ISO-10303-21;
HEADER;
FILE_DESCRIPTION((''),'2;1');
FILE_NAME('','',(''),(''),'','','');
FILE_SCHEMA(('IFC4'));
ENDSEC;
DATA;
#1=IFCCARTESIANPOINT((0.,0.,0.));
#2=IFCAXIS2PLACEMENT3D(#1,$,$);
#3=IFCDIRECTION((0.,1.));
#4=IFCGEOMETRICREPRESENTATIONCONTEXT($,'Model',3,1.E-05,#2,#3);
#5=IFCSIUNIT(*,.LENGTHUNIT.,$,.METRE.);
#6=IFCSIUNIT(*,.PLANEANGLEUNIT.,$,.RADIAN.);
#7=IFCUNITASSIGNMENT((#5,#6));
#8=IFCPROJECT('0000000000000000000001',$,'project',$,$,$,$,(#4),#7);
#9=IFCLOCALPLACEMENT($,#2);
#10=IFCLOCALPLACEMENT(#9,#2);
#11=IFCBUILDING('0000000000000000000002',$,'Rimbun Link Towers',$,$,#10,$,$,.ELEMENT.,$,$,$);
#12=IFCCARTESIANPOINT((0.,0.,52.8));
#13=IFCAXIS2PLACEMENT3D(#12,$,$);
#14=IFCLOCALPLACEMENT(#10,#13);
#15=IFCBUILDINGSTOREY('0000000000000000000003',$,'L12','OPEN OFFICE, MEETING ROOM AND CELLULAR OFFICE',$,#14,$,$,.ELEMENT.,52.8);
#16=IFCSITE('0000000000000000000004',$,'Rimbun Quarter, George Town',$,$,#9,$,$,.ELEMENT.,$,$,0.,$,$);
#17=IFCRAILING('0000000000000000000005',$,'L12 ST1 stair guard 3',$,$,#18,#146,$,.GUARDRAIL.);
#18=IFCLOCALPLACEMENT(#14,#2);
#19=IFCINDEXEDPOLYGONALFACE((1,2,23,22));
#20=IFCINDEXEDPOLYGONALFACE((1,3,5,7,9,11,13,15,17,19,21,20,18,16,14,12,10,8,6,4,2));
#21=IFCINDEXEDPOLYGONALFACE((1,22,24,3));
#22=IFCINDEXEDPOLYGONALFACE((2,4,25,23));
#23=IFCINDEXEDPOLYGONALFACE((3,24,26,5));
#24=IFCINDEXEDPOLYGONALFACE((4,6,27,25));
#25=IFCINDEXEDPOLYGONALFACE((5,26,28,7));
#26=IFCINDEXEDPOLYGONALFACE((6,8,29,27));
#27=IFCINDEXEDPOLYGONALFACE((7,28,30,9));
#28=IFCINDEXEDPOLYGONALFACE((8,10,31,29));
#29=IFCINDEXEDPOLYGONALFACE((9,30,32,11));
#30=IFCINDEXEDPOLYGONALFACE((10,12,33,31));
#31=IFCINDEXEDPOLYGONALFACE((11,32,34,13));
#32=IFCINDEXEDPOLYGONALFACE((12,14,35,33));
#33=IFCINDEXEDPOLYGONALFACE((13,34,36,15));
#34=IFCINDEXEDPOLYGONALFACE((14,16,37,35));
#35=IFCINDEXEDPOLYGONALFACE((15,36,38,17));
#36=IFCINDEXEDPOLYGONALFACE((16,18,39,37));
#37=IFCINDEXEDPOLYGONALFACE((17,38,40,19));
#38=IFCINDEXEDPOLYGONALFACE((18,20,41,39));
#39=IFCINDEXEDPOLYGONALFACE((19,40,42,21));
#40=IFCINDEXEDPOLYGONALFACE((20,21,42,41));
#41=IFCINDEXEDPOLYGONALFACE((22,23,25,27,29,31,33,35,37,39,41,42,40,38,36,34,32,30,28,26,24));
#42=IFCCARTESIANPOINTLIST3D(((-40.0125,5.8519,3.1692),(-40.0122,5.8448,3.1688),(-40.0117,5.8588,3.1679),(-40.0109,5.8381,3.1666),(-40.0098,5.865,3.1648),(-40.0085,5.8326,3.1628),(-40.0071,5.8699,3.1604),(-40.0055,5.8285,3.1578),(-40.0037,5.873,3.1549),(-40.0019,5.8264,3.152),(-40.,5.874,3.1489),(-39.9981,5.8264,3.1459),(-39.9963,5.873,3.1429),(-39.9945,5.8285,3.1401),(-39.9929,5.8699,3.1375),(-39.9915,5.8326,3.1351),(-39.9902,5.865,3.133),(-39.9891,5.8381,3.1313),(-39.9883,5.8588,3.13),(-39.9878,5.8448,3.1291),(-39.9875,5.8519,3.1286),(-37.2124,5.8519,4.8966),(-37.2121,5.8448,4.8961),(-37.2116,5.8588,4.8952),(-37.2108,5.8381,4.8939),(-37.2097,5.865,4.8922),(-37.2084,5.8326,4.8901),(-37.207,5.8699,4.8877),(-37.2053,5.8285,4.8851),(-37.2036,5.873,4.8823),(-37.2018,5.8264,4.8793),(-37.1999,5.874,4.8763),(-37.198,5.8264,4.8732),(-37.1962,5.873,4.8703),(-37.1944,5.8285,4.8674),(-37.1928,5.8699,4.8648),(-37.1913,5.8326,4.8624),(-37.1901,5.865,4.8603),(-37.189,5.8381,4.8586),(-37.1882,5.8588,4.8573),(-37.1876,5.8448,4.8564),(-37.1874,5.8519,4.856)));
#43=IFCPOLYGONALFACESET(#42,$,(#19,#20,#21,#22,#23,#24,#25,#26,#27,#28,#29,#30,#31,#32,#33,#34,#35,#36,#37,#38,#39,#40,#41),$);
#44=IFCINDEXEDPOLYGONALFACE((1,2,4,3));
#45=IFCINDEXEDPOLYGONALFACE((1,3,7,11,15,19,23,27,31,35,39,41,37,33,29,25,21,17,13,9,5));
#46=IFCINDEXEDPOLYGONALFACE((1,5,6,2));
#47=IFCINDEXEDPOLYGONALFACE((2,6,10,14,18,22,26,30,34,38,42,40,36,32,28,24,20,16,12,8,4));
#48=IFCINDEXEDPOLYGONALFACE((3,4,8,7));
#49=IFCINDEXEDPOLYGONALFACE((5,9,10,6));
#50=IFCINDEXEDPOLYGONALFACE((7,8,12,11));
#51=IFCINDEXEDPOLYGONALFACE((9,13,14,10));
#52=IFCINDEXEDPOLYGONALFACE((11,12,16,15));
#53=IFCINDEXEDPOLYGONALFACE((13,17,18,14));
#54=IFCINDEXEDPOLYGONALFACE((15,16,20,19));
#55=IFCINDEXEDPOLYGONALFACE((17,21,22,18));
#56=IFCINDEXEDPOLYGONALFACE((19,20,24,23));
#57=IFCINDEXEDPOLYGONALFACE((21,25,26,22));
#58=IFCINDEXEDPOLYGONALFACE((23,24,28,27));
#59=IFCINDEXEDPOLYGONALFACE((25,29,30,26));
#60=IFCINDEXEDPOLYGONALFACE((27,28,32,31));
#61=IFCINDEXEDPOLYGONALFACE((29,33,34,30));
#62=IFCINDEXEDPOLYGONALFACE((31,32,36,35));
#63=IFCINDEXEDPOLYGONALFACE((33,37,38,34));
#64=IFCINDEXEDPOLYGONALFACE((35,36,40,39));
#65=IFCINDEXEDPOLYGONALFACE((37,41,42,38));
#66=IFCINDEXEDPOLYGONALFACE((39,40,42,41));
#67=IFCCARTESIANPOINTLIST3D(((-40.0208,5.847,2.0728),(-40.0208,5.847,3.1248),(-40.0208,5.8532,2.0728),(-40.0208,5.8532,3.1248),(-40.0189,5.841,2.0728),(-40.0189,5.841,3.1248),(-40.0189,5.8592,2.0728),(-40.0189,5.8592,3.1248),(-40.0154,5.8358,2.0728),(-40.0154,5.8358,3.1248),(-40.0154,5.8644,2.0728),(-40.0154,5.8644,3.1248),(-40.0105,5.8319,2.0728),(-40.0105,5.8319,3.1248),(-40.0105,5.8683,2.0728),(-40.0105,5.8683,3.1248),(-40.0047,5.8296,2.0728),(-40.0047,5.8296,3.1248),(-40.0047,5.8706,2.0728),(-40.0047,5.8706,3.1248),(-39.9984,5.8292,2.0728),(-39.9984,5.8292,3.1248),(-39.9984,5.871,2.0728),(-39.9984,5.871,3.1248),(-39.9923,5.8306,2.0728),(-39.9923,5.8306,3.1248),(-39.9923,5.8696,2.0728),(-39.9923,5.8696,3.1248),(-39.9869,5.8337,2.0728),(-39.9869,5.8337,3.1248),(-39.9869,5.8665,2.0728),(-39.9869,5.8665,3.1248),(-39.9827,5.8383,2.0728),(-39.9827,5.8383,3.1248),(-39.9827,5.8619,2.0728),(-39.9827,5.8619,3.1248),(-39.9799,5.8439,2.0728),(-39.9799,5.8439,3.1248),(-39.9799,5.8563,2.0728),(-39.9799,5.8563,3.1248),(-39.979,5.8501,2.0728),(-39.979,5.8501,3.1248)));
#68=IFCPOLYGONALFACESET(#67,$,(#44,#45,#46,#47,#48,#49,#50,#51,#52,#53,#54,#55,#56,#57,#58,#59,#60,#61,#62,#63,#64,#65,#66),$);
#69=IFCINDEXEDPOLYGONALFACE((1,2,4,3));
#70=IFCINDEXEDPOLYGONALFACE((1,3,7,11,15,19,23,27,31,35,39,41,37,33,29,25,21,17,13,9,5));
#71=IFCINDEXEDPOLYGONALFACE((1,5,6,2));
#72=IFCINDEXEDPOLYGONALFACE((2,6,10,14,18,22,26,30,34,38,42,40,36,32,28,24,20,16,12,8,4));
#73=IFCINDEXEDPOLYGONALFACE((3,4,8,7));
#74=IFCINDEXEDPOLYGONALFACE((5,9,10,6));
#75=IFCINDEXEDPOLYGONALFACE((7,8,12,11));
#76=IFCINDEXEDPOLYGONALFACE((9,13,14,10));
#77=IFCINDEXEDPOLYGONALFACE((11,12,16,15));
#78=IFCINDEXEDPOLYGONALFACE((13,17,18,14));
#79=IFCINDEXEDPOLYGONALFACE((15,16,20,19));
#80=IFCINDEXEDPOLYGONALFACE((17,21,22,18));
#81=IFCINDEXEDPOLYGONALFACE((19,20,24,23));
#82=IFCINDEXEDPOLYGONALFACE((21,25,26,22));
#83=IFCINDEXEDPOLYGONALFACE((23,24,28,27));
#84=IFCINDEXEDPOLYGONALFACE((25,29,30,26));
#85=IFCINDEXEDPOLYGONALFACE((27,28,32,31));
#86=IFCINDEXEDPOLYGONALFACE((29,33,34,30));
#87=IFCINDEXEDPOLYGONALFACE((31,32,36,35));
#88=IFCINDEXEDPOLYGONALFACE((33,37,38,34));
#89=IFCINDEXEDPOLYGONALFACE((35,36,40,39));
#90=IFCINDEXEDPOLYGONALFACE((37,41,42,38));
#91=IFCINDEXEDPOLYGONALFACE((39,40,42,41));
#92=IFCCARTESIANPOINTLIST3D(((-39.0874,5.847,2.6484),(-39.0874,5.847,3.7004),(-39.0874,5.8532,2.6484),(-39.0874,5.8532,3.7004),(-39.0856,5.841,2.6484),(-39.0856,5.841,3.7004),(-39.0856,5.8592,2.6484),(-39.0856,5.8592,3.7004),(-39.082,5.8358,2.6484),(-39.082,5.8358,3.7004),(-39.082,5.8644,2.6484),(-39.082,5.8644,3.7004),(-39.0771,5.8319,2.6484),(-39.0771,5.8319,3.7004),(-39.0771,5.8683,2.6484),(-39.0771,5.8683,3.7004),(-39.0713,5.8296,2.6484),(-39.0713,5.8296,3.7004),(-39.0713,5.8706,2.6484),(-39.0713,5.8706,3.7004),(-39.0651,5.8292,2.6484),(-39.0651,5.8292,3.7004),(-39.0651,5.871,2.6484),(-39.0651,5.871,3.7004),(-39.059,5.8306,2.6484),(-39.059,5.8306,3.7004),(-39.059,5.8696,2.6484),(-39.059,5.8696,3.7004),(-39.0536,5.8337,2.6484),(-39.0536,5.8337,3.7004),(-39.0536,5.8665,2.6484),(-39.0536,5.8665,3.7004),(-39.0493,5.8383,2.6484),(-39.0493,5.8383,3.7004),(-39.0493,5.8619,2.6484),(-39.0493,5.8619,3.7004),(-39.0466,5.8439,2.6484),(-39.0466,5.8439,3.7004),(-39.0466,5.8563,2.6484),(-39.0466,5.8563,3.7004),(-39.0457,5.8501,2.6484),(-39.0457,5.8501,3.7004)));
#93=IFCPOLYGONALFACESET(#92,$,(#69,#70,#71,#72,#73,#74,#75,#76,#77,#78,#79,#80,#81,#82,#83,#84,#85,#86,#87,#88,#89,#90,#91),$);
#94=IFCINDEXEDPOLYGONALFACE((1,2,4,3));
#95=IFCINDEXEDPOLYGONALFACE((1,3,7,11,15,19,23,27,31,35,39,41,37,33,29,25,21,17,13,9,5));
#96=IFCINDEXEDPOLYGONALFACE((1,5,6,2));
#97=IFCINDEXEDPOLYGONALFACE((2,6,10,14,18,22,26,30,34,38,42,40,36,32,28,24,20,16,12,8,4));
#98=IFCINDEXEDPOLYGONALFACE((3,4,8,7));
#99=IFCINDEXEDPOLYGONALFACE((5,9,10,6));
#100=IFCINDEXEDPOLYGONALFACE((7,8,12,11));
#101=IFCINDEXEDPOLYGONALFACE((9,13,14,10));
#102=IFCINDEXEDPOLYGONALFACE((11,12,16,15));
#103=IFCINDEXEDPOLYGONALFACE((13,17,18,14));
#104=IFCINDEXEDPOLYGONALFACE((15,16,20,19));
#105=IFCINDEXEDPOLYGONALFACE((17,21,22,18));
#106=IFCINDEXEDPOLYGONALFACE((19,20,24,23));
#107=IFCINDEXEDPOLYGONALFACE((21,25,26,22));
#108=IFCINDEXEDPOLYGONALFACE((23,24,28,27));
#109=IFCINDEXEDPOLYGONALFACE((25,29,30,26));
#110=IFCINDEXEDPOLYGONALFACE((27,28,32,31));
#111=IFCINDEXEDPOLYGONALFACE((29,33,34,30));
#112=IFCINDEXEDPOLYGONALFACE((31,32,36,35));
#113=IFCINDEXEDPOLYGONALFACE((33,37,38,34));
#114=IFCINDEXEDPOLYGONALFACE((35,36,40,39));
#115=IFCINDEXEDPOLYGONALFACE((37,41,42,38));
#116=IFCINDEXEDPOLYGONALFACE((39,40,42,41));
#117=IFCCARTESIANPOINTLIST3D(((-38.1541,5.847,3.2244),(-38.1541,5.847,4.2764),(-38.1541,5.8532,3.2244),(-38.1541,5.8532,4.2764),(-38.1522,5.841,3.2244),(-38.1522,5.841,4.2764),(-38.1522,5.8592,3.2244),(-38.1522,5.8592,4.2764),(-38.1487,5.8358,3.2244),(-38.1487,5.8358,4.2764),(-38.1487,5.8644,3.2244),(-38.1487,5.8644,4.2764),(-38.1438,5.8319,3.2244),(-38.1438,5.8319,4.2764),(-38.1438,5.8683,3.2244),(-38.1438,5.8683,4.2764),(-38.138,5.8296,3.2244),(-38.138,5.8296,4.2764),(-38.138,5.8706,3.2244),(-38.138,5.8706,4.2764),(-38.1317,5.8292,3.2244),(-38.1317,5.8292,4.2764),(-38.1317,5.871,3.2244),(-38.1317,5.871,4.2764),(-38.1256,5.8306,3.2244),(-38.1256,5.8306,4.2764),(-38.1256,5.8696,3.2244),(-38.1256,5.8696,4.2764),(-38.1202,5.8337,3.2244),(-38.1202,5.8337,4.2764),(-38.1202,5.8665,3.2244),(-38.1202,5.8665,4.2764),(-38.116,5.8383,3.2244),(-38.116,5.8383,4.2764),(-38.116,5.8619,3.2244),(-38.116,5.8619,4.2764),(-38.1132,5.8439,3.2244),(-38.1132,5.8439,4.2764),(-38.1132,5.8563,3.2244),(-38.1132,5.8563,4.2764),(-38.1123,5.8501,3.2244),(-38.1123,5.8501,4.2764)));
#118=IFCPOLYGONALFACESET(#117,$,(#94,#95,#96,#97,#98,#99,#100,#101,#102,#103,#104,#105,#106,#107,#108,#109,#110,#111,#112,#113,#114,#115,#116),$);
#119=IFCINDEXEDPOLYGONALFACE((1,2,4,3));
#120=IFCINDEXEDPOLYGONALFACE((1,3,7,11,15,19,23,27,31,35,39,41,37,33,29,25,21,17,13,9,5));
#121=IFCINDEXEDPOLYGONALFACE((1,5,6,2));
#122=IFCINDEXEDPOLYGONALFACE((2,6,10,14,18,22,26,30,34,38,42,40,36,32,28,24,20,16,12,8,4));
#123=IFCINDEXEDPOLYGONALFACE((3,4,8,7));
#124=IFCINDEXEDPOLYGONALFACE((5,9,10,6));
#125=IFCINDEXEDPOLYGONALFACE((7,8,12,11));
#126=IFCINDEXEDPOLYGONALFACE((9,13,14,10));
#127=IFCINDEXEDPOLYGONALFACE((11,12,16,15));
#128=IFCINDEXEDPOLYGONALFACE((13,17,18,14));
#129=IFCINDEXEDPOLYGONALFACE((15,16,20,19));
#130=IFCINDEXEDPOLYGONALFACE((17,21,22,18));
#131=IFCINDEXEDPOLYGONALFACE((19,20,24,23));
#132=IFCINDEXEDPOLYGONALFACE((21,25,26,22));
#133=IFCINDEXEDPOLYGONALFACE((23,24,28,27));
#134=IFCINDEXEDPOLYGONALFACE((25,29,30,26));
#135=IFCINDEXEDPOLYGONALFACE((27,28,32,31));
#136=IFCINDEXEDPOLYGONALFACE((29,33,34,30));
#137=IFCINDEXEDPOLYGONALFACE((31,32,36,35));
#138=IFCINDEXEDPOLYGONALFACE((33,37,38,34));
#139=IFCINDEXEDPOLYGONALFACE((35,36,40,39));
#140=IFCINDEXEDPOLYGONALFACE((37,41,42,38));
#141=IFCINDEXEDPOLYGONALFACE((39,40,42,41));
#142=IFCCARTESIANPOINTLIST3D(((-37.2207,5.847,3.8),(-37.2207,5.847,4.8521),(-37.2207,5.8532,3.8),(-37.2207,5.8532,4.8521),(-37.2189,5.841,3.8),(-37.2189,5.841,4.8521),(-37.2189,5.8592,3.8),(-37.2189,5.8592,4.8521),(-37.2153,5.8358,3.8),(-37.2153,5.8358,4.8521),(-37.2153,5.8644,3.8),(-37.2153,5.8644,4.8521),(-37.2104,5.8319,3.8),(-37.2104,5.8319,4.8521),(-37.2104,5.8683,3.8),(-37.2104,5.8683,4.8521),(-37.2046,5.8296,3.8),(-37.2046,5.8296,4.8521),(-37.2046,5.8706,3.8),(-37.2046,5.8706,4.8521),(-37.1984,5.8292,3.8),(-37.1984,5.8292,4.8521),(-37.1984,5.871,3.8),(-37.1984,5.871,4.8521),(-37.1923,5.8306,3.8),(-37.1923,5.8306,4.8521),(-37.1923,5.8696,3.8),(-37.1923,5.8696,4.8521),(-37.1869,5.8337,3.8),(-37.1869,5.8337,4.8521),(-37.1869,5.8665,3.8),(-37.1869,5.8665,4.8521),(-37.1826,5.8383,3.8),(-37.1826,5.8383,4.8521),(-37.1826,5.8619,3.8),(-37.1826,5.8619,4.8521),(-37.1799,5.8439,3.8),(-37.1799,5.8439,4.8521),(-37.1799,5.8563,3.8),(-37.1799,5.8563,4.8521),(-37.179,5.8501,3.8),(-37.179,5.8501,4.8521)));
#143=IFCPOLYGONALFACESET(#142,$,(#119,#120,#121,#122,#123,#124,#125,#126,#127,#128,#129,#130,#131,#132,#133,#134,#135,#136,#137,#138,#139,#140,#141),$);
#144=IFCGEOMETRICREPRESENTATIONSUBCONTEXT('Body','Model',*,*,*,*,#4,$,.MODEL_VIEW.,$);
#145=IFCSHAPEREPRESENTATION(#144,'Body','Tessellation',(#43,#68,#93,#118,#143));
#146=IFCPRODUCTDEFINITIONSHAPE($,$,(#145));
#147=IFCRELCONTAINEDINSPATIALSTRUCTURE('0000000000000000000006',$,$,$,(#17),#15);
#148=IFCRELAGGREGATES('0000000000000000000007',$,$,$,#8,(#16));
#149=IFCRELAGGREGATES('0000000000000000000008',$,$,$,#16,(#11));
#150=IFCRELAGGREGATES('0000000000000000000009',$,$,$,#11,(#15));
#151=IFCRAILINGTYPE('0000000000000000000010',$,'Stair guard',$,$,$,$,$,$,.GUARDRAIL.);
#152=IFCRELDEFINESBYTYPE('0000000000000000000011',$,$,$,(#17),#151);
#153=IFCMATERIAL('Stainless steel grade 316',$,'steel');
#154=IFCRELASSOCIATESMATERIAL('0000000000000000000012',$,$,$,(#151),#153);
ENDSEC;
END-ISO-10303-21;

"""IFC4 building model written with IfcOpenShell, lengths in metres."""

from ifc_helpers import new_model, si_unit, direction, frame, origin, origin_2d, place, context, subcontext, project, spatial, circle, extrude, material, type_object, element, save


model = new_model("IFC4")

# Units and contexts
model_context = context("Model", 3, precision=1e-05, world=origin(), true_north=direction((0.0, 1.0)))
body_context = subcontext(model_context, "Body", "Model", "MODEL_VIEW")
ifc_project = project(units=[si_unit("LENGTHUNIT", "METRE"), si_unit("PLANEANGLEUNIT", "RADIAN")], contexts=[model_context])

# Site, building, storey
site_placement = place(None, origin())
site = spatial("IfcSite", under=ifc_project, at=site_placement, Name="Rimbun Quarter, George Town", CompositionType="ELEMENT", RefElevation=0.0)
building_placement = place(site_placement, origin())
building = spatial("IfcBuilding", under=site, at=building_placement, Name="Rimbun Link Towers", CompositionType="ELEMENT")
storey_placement = place(building_placement, frame((0.0, 0.0, 52.8)))
storey = spatial("IfcBuildingStorey", under=building, at=storey_placement, Name="L12", Description="OPEN OFFICE, MEETING ROOM AND CELLULAR OFFICE", CompositionType="ELEMENT", Elevation=52.8)

# Railing
ifc_material_1 = material(Name="Stainless steel grade 316", Category="steel")
railing_type_1 = type_object("IfcRailingType", Name="Stair guard", PredefinedType="GUARDRAIL", material=ifc_material_1)
railing_1_placement = place(storey_placement, frame((-40.0, 5.8501, 2.0728)))
element("IfcRailing", 1, at=railing_1_placement, inside=storey, type_object=railing_type_1, Name="L12 ST1 stair guard 3", PredefinedType="GUARDRAIL", context=body_context, shape_type="SweptSolid", body=[
    extrude(circle(Radius=0.0239, at=origin_2d()), frame((0.0, 0.0, 1.0762), z_axis=(0.85109, 0.0, 0.52502), x_axis=(0.0, 1.0, 0.0)), (0.0, 0.0, 1.0), 3.29),
    extrude(circle(Radius=0.021, at=origin_2d()), origin(), (0.0, 0.0, 1.0), 1.052),
    extrude(circle(Radius=0.021, at=origin_2d()), frame((0.9333, 0.0, 0.5757)), (0.0, 0.0, 1.0), 1.052),
    extrude(circle(Radius=0.021, at=origin_2d()), frame((1.8667, 0.0, 1.1516)), (0.0, 0.0, 1.0), 1.052),
    extrude(circle(Radius=0.021, at=origin_2d()), frame((2.8, 0.0, 1.7273)), (0.0, 0.0, 1.0), 1.052),
])

save(model, "model.ifc")
